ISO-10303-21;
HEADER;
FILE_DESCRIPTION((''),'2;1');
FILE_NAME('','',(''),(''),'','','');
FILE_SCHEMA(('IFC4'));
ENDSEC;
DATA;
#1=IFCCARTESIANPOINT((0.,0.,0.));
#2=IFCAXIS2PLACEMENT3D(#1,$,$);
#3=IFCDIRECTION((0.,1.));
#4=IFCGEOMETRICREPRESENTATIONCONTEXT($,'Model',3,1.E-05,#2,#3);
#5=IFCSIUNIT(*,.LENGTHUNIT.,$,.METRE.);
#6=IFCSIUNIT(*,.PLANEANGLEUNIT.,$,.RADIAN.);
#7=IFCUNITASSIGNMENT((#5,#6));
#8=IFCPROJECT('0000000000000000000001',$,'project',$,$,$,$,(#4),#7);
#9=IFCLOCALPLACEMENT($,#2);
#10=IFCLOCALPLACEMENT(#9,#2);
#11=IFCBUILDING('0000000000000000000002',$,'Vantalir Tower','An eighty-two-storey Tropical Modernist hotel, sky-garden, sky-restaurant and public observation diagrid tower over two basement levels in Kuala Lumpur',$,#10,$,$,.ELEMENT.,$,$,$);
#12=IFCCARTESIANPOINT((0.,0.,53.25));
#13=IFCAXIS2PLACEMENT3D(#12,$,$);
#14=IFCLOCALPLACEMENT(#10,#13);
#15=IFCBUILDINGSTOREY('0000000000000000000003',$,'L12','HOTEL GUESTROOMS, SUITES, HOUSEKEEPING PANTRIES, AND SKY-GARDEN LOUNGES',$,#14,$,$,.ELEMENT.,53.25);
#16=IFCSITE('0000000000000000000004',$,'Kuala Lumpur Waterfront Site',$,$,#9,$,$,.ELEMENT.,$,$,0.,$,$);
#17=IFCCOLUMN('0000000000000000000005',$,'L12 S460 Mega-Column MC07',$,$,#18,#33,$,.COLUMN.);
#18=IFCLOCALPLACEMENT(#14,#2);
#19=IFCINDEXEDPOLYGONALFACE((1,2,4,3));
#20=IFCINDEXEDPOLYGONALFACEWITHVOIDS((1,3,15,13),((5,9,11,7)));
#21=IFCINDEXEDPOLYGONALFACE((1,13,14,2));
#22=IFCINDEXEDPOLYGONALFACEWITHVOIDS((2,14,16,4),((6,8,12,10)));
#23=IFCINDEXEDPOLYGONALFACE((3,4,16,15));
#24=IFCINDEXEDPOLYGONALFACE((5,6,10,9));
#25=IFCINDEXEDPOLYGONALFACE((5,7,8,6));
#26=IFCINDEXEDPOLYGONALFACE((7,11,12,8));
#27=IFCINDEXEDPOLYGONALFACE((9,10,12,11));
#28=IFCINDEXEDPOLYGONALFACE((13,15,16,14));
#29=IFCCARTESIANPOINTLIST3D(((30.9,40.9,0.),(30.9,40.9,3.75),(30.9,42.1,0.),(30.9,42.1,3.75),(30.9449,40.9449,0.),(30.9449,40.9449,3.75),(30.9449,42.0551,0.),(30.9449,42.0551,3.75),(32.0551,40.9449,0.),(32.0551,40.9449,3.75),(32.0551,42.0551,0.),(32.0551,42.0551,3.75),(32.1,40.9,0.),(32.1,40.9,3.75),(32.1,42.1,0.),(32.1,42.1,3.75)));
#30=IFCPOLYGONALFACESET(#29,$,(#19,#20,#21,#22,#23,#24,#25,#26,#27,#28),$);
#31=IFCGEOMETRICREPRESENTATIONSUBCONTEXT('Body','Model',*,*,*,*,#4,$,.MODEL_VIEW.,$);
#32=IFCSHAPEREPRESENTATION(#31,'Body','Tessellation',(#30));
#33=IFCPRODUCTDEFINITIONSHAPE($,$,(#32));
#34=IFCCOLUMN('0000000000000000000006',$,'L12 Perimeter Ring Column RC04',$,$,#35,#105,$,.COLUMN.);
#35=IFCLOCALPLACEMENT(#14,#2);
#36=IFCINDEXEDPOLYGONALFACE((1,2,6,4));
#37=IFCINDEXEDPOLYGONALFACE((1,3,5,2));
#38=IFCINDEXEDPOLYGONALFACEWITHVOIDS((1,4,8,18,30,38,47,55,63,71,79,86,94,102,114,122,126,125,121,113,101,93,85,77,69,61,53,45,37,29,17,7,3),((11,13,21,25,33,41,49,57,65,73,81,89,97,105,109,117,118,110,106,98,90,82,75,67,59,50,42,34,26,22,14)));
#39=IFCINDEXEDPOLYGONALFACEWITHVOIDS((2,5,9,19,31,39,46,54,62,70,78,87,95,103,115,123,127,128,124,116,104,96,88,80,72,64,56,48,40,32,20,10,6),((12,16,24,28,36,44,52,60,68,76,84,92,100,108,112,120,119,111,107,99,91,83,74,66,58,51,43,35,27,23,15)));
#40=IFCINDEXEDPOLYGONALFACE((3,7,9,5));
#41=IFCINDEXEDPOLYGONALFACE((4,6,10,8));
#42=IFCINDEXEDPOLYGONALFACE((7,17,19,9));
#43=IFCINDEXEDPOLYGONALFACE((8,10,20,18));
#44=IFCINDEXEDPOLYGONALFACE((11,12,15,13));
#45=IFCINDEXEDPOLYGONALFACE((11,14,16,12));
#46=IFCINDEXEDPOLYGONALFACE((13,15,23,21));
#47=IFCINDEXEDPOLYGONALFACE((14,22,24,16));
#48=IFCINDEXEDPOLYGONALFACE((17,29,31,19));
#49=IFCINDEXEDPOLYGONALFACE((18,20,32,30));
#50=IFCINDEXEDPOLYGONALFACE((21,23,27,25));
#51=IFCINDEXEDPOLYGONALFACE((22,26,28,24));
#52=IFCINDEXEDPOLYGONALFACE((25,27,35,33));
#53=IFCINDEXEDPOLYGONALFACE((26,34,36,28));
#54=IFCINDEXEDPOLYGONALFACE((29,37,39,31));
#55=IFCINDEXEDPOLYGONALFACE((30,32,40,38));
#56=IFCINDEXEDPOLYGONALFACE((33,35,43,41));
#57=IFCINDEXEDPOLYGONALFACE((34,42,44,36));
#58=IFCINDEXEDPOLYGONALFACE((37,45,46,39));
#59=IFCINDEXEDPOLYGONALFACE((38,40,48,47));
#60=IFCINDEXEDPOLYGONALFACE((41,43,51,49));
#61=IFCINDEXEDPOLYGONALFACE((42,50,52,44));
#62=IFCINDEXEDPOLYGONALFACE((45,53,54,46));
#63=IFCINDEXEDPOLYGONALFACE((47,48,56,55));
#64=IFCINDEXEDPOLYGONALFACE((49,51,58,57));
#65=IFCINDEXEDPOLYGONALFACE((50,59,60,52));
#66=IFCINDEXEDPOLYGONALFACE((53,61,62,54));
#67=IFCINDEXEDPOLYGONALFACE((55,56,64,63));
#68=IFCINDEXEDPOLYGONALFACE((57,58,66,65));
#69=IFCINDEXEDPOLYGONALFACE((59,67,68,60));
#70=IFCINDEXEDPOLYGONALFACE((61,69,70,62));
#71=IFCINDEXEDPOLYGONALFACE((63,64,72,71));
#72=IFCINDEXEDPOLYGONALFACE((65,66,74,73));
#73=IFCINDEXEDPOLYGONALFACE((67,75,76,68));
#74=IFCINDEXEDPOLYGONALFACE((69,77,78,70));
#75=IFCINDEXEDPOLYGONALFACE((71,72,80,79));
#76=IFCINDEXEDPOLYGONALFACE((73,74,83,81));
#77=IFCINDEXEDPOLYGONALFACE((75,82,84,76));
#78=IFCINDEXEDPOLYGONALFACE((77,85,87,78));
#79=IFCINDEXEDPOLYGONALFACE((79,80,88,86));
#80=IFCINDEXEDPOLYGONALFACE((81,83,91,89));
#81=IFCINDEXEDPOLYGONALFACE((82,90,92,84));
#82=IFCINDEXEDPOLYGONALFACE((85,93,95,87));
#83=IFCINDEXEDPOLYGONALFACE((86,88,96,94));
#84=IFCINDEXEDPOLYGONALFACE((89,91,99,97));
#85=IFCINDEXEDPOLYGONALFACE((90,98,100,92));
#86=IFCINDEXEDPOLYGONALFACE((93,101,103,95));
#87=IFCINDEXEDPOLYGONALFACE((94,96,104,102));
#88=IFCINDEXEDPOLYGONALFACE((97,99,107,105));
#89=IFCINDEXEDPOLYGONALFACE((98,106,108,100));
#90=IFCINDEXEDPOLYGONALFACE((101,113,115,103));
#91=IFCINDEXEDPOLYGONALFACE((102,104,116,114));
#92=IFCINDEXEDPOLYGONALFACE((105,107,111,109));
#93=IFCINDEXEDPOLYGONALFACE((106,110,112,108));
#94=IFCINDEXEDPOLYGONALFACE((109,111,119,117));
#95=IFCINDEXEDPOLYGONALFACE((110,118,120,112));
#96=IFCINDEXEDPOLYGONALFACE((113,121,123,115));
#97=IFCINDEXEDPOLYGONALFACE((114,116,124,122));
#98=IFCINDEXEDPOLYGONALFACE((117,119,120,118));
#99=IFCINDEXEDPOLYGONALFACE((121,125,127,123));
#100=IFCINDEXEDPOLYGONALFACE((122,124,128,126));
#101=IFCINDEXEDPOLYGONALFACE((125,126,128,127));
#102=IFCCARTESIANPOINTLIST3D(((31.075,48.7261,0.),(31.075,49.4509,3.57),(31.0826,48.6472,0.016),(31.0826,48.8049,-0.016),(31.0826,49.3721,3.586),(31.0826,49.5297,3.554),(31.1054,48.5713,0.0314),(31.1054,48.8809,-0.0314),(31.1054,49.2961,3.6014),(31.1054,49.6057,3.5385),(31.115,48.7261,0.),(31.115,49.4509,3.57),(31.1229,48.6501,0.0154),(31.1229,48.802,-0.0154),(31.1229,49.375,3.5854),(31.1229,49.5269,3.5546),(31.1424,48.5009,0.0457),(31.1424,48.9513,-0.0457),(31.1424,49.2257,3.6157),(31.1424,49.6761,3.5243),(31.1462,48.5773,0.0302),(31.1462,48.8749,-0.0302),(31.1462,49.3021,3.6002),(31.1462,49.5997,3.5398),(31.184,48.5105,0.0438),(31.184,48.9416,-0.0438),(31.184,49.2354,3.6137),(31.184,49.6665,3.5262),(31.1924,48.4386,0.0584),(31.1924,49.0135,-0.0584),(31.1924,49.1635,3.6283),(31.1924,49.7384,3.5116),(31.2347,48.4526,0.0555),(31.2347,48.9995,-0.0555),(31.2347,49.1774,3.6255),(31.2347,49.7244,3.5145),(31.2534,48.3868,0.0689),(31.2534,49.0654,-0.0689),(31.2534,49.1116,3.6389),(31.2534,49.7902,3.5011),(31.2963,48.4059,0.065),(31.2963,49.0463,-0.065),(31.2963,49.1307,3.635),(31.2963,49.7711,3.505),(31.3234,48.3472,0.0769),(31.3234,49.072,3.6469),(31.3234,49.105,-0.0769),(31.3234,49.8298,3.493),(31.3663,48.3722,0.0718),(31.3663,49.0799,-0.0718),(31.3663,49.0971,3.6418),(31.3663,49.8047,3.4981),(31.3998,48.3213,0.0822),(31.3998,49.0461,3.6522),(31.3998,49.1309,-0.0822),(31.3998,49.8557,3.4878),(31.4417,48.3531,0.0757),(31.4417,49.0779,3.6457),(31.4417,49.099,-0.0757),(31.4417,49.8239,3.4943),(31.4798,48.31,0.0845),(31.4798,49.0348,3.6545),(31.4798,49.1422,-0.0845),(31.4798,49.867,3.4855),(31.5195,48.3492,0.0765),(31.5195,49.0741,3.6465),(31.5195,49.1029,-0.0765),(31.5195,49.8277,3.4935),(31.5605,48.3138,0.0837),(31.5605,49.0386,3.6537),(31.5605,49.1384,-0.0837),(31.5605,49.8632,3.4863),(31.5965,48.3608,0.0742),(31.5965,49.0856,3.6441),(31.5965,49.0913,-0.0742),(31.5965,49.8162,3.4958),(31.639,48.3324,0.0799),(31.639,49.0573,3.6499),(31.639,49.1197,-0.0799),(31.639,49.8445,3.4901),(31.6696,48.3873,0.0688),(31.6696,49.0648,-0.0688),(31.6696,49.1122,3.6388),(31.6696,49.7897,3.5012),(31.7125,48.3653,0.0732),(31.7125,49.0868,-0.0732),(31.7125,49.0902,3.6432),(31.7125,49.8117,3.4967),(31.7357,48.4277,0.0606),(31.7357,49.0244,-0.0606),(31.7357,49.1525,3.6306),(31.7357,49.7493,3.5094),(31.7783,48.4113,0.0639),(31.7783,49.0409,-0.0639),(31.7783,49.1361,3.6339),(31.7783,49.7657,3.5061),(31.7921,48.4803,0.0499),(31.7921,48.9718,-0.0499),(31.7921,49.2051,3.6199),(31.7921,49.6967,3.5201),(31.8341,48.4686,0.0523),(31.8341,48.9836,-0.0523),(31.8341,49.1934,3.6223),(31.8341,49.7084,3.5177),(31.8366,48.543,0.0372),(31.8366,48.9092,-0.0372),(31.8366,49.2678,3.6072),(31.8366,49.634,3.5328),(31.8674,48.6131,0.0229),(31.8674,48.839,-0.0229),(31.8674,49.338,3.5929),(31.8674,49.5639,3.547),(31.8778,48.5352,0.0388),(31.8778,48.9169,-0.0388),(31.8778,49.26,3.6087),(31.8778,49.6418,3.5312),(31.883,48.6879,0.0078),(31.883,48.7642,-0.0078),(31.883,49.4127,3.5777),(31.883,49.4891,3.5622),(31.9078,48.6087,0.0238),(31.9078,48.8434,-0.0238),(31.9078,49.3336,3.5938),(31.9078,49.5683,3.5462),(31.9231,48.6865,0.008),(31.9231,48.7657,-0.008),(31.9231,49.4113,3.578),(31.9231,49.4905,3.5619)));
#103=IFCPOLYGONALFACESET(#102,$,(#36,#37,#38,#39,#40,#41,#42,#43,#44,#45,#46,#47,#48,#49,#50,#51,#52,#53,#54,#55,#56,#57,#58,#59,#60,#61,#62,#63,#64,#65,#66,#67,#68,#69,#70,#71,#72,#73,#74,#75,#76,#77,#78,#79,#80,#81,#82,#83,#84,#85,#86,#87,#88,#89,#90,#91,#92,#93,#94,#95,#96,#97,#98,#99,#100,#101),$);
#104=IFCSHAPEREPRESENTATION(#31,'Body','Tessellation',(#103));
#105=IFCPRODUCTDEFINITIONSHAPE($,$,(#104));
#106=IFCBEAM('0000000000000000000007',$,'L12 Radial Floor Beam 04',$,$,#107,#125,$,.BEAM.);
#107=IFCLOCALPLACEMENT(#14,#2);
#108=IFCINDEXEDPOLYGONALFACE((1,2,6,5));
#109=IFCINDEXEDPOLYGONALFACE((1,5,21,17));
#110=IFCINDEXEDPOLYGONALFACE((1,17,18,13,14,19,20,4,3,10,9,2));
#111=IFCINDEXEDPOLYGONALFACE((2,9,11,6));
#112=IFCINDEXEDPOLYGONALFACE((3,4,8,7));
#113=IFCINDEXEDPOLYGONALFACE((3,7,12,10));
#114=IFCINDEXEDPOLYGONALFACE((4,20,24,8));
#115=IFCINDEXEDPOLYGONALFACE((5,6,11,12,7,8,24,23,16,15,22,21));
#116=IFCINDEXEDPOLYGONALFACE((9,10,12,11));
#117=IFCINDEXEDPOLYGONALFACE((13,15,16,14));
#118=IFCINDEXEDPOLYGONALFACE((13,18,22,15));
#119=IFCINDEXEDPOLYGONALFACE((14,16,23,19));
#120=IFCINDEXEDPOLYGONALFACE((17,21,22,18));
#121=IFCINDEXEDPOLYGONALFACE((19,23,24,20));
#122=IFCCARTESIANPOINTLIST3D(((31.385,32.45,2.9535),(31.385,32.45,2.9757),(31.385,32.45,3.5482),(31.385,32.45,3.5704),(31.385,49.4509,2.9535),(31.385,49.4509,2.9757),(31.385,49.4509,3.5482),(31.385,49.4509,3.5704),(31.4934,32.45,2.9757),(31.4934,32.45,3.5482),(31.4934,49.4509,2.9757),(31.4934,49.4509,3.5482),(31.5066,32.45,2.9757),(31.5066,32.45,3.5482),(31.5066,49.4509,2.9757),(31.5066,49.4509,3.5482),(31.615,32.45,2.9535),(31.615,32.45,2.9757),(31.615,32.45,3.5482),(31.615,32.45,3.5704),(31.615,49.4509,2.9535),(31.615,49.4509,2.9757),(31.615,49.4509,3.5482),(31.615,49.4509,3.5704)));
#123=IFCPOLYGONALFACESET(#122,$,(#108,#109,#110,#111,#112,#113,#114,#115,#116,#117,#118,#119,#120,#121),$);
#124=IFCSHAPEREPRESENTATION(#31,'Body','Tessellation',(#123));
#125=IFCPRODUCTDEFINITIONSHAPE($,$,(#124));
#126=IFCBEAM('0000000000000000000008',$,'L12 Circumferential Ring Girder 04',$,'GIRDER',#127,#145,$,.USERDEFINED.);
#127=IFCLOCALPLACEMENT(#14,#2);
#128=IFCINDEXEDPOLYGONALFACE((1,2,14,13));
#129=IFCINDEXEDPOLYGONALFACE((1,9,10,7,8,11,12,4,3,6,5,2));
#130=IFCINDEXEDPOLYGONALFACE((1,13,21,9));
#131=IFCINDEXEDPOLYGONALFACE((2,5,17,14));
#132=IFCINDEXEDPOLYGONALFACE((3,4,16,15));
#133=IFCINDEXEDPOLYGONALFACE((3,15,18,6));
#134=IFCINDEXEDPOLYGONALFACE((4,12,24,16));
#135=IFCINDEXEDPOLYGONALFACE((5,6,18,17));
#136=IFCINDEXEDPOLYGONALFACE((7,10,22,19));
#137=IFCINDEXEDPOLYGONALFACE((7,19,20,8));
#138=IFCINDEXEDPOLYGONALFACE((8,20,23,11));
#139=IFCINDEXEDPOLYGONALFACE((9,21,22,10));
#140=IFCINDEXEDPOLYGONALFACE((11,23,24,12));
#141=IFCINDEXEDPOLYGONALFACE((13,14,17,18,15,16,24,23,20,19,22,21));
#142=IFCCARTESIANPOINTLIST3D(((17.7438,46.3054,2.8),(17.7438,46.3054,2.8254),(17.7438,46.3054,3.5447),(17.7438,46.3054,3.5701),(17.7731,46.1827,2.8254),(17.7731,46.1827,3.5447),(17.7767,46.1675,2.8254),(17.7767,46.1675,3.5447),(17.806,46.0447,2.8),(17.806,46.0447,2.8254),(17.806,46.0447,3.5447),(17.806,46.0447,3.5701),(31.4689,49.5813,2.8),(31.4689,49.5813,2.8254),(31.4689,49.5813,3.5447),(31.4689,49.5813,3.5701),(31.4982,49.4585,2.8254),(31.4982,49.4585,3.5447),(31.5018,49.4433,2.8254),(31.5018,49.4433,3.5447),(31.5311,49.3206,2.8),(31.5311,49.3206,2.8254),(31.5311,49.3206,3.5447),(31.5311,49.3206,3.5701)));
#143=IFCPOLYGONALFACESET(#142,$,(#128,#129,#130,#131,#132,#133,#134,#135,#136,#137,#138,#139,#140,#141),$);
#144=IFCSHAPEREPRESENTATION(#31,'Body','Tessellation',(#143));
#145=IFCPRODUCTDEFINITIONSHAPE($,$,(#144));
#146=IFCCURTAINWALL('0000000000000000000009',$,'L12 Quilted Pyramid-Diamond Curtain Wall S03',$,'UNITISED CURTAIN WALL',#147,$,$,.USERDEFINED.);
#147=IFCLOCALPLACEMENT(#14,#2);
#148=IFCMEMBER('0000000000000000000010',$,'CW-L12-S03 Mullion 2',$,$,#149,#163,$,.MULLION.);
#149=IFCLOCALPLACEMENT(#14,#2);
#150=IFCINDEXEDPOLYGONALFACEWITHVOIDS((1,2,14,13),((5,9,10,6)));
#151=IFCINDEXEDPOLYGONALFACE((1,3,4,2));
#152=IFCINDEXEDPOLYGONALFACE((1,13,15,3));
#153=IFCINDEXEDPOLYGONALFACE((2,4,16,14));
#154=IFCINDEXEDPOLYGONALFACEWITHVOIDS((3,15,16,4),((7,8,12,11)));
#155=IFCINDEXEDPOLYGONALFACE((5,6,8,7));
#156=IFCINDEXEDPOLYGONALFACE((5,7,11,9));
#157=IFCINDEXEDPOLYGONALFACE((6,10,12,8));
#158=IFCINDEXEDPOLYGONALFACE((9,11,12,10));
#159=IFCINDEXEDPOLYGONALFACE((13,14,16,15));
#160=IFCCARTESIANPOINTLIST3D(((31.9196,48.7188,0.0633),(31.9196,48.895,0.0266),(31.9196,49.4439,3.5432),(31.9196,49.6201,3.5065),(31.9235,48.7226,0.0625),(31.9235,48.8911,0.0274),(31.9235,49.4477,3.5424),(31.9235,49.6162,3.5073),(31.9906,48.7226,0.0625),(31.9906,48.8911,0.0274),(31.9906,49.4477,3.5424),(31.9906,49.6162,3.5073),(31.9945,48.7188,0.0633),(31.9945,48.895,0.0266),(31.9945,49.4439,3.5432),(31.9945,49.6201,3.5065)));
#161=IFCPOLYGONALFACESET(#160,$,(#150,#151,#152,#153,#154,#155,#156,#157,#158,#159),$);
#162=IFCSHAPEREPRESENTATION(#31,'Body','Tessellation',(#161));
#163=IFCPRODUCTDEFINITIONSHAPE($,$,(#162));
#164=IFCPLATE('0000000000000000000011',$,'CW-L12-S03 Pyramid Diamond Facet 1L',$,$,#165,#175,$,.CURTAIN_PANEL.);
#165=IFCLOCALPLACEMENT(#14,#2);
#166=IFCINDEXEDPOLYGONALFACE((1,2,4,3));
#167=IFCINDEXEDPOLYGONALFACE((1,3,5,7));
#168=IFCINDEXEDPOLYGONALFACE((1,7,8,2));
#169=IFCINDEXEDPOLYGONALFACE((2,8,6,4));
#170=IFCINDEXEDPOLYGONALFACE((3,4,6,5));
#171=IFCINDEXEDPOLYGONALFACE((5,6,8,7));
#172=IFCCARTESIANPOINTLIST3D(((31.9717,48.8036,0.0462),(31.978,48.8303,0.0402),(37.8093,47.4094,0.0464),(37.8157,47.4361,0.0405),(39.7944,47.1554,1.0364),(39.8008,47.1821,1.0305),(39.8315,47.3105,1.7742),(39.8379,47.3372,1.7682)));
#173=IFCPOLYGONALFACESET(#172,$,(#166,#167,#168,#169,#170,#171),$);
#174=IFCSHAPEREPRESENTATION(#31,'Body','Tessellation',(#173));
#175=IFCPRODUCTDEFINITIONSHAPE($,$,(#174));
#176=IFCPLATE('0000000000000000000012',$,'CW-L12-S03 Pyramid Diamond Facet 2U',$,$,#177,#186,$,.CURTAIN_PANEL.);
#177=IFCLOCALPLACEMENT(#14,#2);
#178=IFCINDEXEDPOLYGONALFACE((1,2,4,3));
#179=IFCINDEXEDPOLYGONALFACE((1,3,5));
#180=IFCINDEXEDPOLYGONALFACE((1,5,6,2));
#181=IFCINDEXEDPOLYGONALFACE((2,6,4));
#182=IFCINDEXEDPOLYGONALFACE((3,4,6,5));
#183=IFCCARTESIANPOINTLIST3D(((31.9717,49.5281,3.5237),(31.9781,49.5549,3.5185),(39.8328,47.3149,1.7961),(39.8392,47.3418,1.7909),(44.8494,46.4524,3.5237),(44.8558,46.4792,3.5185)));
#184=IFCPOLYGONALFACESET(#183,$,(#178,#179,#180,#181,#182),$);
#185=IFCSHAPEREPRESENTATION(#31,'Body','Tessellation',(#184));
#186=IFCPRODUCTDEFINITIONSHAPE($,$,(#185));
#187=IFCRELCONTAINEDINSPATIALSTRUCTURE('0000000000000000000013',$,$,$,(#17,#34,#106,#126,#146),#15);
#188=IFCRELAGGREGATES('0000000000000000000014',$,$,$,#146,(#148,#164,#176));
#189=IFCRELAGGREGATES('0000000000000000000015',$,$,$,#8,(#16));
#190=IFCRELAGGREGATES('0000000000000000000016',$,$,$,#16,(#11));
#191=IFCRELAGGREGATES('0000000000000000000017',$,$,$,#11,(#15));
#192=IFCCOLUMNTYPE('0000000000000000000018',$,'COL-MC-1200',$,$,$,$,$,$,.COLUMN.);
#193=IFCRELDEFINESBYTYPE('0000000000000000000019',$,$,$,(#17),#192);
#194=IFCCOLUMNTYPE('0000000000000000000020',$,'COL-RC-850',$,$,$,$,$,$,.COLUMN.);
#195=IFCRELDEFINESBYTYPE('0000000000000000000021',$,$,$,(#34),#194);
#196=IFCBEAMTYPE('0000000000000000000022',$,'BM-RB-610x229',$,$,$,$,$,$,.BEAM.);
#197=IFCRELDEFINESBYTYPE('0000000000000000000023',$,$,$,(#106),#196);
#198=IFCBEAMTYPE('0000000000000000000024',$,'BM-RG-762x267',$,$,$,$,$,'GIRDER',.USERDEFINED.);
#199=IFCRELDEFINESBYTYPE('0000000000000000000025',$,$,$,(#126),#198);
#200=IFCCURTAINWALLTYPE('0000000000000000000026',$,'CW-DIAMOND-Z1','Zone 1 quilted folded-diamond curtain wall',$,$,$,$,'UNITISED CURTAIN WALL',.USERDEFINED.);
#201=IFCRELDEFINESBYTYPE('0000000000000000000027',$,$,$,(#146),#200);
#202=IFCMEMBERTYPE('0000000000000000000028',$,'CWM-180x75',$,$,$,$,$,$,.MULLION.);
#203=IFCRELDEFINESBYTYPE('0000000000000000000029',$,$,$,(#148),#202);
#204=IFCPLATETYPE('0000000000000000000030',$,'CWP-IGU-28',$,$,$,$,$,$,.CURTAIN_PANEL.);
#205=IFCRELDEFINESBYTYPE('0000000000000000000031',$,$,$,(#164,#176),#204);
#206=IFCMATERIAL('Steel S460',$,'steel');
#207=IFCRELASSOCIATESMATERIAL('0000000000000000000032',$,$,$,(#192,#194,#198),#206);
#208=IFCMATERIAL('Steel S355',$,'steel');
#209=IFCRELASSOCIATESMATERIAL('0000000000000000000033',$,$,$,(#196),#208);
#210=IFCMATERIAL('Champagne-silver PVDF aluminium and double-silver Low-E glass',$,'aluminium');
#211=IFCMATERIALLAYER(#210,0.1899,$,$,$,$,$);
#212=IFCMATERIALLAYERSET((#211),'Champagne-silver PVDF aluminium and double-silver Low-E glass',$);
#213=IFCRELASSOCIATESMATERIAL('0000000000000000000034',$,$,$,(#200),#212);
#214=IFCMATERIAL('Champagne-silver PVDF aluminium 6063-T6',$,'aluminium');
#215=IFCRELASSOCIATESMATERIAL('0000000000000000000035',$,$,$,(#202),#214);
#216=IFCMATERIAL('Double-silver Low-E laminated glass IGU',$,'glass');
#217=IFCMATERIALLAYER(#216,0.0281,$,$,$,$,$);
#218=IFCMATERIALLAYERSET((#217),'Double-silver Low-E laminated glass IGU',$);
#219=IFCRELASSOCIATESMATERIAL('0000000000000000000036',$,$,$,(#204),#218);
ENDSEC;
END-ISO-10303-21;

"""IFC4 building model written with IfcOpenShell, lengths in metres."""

from ifc_helpers import new_model, si_unit, direction, frame, origin, origin_2d, place, context, subcontext, project, spatial, polyline, hollow_rectangle, hollow_circle, i_section, outline, extrude, material, layer, layer_set, material_profile, profile_set, type_object, element, aggregate, save


model = new_model("IFC4")

# Units and contexts
model_context = context("Model", 3, precision=1e-05, world=origin(), true_north=direction((0.0, 1.0)))
body_context = subcontext(model_context, "Body", "Model", "MODEL_VIEW")
ifc_project = project(units=[si_unit("LENGTHUNIT", "METRE"), si_unit("PLANEANGLEUNIT", "RADIAN")], contexts=[model_context])

# Site, building, storey
site_placement = place(None, origin())
site = spatial("IfcSite", under=ifc_project, at=site_placement, Name="Kuala Lumpur Waterfront Site", CompositionType="ELEMENT", RefElevation=0.0)
building_placement = place(site_placement, origin())
building = spatial("IfcBuilding", under=site, at=building_placement, Name="Vantalir Tower", Description="An eighty-two-storey Tropical Modernist hotel, sky-garden, sky-restaurant and public observation diagrid tower over two basement levels in Kuala Lumpur", CompositionType="ELEMENT")
storey_placement = place(building_placement, frame((0.0, 0.0, 53.25)))
storey = spatial("IfcBuildingStorey", under=building, at=storey_placement, Name="L12", Description="HOTEL GUESTROOMS, SUITES, HOUSEKEEPING PANTRIES, AND SKY-GARDEN LOUNGES", CompositionType="ELEMENT", Elevation=53.25)

# Columns
ifc_material_1 = material(Name="Steel S460", Category="steel")
ifc_material_profile_1 = material_profile(ifc_material_1, hollow_rectangle(XDim=1.2, YDim=1.2, WallThickness=0.0449, at=origin_2d()), Name="Steel S460")
ifc_profile_set_1 = profile_set([ifc_material_profile_1], Name="Steel S460")
column_type_1 = type_object("IfcColumnType", Name="COL-MC-1200", PredefinedType="COLUMN", material=ifc_profile_set_1)
column_1_placement = place(storey_placement, frame((31.5, 41.5, 0.0), z_axis=(0.0, 0.0, 1.0), x_axis=(1.0, 0.0, 0.0)))
element("IfcColumn", 1, at=column_1_placement, inside=storey, type_object=column_type_1, Name="L12 S460 Mega-Column MC07", PredefinedType="COLUMN", context=body_context, shape_type="SweptSolid", body=[
    extrude(hollow_rectangle(XDim=1.2, YDim=1.2, WallThickness=0.0449, at=origin_2d()), origin(), (0.0, 0.0, 1.0), 3.75),
])
ifc_material_profile_2 = material_profile(ifc_material_1, hollow_circle(Radius=0.425, WallThickness=0.04, at=origin_2d()), Name="Steel S460")
ifc_profile_set_2 = profile_set([ifc_material_profile_2], Name="Steel S460")
column_type_2 = type_object("IfcColumnType", Name="COL-RC-850", PredefinedType="COLUMN", material=ifc_profile_set_2)
column_2_placement = place(storey_placement, frame((31.5, 48.7261, 0.0), z_axis=(0.0, 0.198976, 0.980004), x_axis=(-1.0, 0.0, 0.0)))
element("IfcColumn", 2, at=column_2_placement, inside=storey, type_object=column_type_2, Name="L12 Perimeter Ring Column RC04", PredefinedType="COLUMN", context=body_context, shape_type="SweptSolid", body=[
    extrude(hollow_circle(Radius=0.425, WallThickness=0.04, at=origin_2d()), origin(), (0.0, 0.0, 1.0), 3.6428),
])

# Beams
ifc_material_2 = material(Name="Steel S355", Category="steel")
ifc_material_profile_3 = material_profile(ifc_material_2, i_section(OverallWidth=0.23, OverallDepth=0.6169, WebThickness=0.0132, FlangeThickness=0.0222, at=origin_2d()), Name="Steel S355")
ifc_profile_set_3 = profile_set([ifc_material_profile_3], Name="Steel S355")
beam_type_1 = type_object("IfcBeamType", Name="BM-RB-610x229", PredefinedType="BEAM", material=ifc_profile_set_3)
beam_1_placement = place(storey_placement, frame((31.5, 49.4509, 3.262), z_axis=(0.0, -1.0, 0.0), x_axis=(1.0, 0.0, 0.0)))
element("IfcBeam", 3, at=beam_1_placement, inside=storey, type_object=beam_type_1, Name="L12 Radial Floor Beam 04", PredefinedType="BEAM", context=body_context, shape_type="SweptSolid", body=[
    extrude(i_section(OverallWidth=0.23, OverallDepth=0.6169, WebThickness=0.0132, FlangeThickness=0.0222, at=origin_2d()), origin(), (0.0, 0.0, 1.0), 17.001),
])
ifc_material_profile_4 = material_profile(ifc_material_1, i_section(OverallWidth=0.2681, OverallDepth=0.77, WebThickness=0.0156, FlangeThickness=0.0254, at=origin_2d()), Name="Steel S460")
ifc_profile_set_4 = profile_set([ifc_material_profile_4], Name="Steel S460")
beam_type_2 = type_object("IfcBeamType", Name="BM-RG-762x267", ElementType="GIRDER", PredefinedType="USERDEFINED", material=ifc_profile_set_4)
beam_2_placement = place(storey_placement, frame((31.5, 49.4509, 3.1851), z_axis=(-0.972678, -0.232157, 0.0), x_axis=(0.232157, -0.972678, 0.0)))
element("IfcBeam", 4, at=beam_2_placement, inside=storey, type_object=beam_type_2, Name="L12 Circumferential Ring Girder 04", ObjectType="GIRDER", PredefinedType="USERDEFINED", context=body_context, shape_type="SweptSolid", body=[
    extrude(i_section(OverallWidth=0.2681, OverallDepth=0.77, WebThickness=0.0156, FlangeThickness=0.0254, at=origin_2d()), origin(), (0.0, 0.0, 1.0), 14.1106),
])

# Curtain wall, member, plates
ifc_material_3 = material(Name="Champagne-silver PVDF aluminium and double-silver Low-E glass", Category="aluminium")
ifc_layer_1 = layer(ifc_material_3, 0.1899)
ifc_layer_set_1 = layer_set([ifc_layer_1], Name="Champagne-silver PVDF aluminium and double-silver Low-E glass")
curtain_wall_type = type_object("IfcCurtainWallType", Name="CW-DIAMOND-Z1", Description="Zone 1 quilted folded-diamond curtain wall", ElementType="UNITISED CURTAIN WALL", PredefinedType="USERDEFINED", material=ifc_layer_set_1)
curtain_wall_placement = place(storey_placement, origin())
curtain_wall = element("IfcCurtainWall", 5, at=curtain_wall_placement, inside=storey, type_object=curtain_wall_type, Name="L12 Quilted Pyramid-Diamond Curtain Wall S03", ObjectType="UNITISED CURTAIN WALL", PredefinedType="USERDEFINED")
ifc_material_4 = material(Name="Champagne-silver PVDF aluminium 6063-T6", Category="aluminium")
ifc_material_profile_5 = material_profile(ifc_material_4, hollow_rectangle(XDim=0.075, YDim=0.1799, WallThickness=0.0039, at=origin_2d()), Name="Champagne-silver PVDF aluminium 6063-T6")
ifc_profile_set_5 = profile_set([ifc_material_profile_5], Name="Champagne-silver PVDF aluminium 6063-T6")
member_type = type_object("IfcMemberType", Name="CWM-180x75", PredefinedType="MULLION", material=ifc_profile_set_5)
member_placement = place(storey_placement, frame((31.957, 48.8069, 0.0449), z_axis=(0.0, 0.203982, 0.978975), x_axis=(-1.0, 0.0, 0.0)))
member = element("IfcMember", 6, at=member_placement, type_object=member_type, Name="CW-L12-S03 Mullion 2", PredefinedType="MULLION", context=body_context, shape_type="SweptSolid", body=[
    extrude(hollow_rectangle(XDim=0.075, YDim=0.1799, WallThickness=0.0039, at=origin_2d()), origin(), (0.0, 0.0, 1.0), 3.5547),
])
ifc_material_5 = material(Name="Double-silver Low-E laminated glass IGU", Category="glass")
ifc_layer_2 = layer(ifc_material_5, 0.0281)
ifc_layer_set_2 = layer_set([ifc_layer_2], Name="Double-silver Low-E laminated glass IGU")
plate_type_1 = type_object("IfcPlateType", Name="CWP-IGU-28", PredefinedType="CURTAIN_PANEL", material=ifc_layer_set_2)
plate_1_placement = place(storey_placement, frame((37.8093, 47.4094, 0.0464), z_axis=(-0.227052, -0.950675, 0.211339), x_axis=(-0.972646, 0.232291, -0.000037)))
plate_1 = element("IfcPlate", 7, at=plate_1_placement, type_object=plate_type_1, Name="CW-L12-S03 Pyramid Diamond Facet 1L", PredefinedType="CURTAIN_PANEL", context=body_context, shape_type="SweptSolid", body=[
    extrude(outline(polyline([(0.0, 0.0), (6.0018, 0.0), (-1.9899, -1.7676), (-1.9898, -1.0128), (0.0, 0.0)])), origin(), (0.0, 0.0, -1.0), 0.0281),
])
plate_2_placement = place(storey_placement, frame((31.9717, 49.5281, 3.5237), z_axis=(-0.228265, -0.955731, 0.185669), x_axis=(0.972643, -0.232304, 0.0)))
plate_2 = element("IfcPlate", 8, at=plate_2_placement, type_object=plate_type_1, Name="CW-L12-S03 Pyramid Diamond Facet 2U", PredefinedType="CURTAIN_PANEL", context=body_context, shape_type="SweptSolid", body=[
    extrude(outline(polyline([(0.0, 0.0), (13.2399, 0.0), (8.1602, -1.7581), (0.0, 0.0)])), origin(), (0.0, 0.0, -1.0), 0.0281),
])
aggregate(curtain_wall, [member, plate_1, plate_2])

save(model, "model.ifc")
